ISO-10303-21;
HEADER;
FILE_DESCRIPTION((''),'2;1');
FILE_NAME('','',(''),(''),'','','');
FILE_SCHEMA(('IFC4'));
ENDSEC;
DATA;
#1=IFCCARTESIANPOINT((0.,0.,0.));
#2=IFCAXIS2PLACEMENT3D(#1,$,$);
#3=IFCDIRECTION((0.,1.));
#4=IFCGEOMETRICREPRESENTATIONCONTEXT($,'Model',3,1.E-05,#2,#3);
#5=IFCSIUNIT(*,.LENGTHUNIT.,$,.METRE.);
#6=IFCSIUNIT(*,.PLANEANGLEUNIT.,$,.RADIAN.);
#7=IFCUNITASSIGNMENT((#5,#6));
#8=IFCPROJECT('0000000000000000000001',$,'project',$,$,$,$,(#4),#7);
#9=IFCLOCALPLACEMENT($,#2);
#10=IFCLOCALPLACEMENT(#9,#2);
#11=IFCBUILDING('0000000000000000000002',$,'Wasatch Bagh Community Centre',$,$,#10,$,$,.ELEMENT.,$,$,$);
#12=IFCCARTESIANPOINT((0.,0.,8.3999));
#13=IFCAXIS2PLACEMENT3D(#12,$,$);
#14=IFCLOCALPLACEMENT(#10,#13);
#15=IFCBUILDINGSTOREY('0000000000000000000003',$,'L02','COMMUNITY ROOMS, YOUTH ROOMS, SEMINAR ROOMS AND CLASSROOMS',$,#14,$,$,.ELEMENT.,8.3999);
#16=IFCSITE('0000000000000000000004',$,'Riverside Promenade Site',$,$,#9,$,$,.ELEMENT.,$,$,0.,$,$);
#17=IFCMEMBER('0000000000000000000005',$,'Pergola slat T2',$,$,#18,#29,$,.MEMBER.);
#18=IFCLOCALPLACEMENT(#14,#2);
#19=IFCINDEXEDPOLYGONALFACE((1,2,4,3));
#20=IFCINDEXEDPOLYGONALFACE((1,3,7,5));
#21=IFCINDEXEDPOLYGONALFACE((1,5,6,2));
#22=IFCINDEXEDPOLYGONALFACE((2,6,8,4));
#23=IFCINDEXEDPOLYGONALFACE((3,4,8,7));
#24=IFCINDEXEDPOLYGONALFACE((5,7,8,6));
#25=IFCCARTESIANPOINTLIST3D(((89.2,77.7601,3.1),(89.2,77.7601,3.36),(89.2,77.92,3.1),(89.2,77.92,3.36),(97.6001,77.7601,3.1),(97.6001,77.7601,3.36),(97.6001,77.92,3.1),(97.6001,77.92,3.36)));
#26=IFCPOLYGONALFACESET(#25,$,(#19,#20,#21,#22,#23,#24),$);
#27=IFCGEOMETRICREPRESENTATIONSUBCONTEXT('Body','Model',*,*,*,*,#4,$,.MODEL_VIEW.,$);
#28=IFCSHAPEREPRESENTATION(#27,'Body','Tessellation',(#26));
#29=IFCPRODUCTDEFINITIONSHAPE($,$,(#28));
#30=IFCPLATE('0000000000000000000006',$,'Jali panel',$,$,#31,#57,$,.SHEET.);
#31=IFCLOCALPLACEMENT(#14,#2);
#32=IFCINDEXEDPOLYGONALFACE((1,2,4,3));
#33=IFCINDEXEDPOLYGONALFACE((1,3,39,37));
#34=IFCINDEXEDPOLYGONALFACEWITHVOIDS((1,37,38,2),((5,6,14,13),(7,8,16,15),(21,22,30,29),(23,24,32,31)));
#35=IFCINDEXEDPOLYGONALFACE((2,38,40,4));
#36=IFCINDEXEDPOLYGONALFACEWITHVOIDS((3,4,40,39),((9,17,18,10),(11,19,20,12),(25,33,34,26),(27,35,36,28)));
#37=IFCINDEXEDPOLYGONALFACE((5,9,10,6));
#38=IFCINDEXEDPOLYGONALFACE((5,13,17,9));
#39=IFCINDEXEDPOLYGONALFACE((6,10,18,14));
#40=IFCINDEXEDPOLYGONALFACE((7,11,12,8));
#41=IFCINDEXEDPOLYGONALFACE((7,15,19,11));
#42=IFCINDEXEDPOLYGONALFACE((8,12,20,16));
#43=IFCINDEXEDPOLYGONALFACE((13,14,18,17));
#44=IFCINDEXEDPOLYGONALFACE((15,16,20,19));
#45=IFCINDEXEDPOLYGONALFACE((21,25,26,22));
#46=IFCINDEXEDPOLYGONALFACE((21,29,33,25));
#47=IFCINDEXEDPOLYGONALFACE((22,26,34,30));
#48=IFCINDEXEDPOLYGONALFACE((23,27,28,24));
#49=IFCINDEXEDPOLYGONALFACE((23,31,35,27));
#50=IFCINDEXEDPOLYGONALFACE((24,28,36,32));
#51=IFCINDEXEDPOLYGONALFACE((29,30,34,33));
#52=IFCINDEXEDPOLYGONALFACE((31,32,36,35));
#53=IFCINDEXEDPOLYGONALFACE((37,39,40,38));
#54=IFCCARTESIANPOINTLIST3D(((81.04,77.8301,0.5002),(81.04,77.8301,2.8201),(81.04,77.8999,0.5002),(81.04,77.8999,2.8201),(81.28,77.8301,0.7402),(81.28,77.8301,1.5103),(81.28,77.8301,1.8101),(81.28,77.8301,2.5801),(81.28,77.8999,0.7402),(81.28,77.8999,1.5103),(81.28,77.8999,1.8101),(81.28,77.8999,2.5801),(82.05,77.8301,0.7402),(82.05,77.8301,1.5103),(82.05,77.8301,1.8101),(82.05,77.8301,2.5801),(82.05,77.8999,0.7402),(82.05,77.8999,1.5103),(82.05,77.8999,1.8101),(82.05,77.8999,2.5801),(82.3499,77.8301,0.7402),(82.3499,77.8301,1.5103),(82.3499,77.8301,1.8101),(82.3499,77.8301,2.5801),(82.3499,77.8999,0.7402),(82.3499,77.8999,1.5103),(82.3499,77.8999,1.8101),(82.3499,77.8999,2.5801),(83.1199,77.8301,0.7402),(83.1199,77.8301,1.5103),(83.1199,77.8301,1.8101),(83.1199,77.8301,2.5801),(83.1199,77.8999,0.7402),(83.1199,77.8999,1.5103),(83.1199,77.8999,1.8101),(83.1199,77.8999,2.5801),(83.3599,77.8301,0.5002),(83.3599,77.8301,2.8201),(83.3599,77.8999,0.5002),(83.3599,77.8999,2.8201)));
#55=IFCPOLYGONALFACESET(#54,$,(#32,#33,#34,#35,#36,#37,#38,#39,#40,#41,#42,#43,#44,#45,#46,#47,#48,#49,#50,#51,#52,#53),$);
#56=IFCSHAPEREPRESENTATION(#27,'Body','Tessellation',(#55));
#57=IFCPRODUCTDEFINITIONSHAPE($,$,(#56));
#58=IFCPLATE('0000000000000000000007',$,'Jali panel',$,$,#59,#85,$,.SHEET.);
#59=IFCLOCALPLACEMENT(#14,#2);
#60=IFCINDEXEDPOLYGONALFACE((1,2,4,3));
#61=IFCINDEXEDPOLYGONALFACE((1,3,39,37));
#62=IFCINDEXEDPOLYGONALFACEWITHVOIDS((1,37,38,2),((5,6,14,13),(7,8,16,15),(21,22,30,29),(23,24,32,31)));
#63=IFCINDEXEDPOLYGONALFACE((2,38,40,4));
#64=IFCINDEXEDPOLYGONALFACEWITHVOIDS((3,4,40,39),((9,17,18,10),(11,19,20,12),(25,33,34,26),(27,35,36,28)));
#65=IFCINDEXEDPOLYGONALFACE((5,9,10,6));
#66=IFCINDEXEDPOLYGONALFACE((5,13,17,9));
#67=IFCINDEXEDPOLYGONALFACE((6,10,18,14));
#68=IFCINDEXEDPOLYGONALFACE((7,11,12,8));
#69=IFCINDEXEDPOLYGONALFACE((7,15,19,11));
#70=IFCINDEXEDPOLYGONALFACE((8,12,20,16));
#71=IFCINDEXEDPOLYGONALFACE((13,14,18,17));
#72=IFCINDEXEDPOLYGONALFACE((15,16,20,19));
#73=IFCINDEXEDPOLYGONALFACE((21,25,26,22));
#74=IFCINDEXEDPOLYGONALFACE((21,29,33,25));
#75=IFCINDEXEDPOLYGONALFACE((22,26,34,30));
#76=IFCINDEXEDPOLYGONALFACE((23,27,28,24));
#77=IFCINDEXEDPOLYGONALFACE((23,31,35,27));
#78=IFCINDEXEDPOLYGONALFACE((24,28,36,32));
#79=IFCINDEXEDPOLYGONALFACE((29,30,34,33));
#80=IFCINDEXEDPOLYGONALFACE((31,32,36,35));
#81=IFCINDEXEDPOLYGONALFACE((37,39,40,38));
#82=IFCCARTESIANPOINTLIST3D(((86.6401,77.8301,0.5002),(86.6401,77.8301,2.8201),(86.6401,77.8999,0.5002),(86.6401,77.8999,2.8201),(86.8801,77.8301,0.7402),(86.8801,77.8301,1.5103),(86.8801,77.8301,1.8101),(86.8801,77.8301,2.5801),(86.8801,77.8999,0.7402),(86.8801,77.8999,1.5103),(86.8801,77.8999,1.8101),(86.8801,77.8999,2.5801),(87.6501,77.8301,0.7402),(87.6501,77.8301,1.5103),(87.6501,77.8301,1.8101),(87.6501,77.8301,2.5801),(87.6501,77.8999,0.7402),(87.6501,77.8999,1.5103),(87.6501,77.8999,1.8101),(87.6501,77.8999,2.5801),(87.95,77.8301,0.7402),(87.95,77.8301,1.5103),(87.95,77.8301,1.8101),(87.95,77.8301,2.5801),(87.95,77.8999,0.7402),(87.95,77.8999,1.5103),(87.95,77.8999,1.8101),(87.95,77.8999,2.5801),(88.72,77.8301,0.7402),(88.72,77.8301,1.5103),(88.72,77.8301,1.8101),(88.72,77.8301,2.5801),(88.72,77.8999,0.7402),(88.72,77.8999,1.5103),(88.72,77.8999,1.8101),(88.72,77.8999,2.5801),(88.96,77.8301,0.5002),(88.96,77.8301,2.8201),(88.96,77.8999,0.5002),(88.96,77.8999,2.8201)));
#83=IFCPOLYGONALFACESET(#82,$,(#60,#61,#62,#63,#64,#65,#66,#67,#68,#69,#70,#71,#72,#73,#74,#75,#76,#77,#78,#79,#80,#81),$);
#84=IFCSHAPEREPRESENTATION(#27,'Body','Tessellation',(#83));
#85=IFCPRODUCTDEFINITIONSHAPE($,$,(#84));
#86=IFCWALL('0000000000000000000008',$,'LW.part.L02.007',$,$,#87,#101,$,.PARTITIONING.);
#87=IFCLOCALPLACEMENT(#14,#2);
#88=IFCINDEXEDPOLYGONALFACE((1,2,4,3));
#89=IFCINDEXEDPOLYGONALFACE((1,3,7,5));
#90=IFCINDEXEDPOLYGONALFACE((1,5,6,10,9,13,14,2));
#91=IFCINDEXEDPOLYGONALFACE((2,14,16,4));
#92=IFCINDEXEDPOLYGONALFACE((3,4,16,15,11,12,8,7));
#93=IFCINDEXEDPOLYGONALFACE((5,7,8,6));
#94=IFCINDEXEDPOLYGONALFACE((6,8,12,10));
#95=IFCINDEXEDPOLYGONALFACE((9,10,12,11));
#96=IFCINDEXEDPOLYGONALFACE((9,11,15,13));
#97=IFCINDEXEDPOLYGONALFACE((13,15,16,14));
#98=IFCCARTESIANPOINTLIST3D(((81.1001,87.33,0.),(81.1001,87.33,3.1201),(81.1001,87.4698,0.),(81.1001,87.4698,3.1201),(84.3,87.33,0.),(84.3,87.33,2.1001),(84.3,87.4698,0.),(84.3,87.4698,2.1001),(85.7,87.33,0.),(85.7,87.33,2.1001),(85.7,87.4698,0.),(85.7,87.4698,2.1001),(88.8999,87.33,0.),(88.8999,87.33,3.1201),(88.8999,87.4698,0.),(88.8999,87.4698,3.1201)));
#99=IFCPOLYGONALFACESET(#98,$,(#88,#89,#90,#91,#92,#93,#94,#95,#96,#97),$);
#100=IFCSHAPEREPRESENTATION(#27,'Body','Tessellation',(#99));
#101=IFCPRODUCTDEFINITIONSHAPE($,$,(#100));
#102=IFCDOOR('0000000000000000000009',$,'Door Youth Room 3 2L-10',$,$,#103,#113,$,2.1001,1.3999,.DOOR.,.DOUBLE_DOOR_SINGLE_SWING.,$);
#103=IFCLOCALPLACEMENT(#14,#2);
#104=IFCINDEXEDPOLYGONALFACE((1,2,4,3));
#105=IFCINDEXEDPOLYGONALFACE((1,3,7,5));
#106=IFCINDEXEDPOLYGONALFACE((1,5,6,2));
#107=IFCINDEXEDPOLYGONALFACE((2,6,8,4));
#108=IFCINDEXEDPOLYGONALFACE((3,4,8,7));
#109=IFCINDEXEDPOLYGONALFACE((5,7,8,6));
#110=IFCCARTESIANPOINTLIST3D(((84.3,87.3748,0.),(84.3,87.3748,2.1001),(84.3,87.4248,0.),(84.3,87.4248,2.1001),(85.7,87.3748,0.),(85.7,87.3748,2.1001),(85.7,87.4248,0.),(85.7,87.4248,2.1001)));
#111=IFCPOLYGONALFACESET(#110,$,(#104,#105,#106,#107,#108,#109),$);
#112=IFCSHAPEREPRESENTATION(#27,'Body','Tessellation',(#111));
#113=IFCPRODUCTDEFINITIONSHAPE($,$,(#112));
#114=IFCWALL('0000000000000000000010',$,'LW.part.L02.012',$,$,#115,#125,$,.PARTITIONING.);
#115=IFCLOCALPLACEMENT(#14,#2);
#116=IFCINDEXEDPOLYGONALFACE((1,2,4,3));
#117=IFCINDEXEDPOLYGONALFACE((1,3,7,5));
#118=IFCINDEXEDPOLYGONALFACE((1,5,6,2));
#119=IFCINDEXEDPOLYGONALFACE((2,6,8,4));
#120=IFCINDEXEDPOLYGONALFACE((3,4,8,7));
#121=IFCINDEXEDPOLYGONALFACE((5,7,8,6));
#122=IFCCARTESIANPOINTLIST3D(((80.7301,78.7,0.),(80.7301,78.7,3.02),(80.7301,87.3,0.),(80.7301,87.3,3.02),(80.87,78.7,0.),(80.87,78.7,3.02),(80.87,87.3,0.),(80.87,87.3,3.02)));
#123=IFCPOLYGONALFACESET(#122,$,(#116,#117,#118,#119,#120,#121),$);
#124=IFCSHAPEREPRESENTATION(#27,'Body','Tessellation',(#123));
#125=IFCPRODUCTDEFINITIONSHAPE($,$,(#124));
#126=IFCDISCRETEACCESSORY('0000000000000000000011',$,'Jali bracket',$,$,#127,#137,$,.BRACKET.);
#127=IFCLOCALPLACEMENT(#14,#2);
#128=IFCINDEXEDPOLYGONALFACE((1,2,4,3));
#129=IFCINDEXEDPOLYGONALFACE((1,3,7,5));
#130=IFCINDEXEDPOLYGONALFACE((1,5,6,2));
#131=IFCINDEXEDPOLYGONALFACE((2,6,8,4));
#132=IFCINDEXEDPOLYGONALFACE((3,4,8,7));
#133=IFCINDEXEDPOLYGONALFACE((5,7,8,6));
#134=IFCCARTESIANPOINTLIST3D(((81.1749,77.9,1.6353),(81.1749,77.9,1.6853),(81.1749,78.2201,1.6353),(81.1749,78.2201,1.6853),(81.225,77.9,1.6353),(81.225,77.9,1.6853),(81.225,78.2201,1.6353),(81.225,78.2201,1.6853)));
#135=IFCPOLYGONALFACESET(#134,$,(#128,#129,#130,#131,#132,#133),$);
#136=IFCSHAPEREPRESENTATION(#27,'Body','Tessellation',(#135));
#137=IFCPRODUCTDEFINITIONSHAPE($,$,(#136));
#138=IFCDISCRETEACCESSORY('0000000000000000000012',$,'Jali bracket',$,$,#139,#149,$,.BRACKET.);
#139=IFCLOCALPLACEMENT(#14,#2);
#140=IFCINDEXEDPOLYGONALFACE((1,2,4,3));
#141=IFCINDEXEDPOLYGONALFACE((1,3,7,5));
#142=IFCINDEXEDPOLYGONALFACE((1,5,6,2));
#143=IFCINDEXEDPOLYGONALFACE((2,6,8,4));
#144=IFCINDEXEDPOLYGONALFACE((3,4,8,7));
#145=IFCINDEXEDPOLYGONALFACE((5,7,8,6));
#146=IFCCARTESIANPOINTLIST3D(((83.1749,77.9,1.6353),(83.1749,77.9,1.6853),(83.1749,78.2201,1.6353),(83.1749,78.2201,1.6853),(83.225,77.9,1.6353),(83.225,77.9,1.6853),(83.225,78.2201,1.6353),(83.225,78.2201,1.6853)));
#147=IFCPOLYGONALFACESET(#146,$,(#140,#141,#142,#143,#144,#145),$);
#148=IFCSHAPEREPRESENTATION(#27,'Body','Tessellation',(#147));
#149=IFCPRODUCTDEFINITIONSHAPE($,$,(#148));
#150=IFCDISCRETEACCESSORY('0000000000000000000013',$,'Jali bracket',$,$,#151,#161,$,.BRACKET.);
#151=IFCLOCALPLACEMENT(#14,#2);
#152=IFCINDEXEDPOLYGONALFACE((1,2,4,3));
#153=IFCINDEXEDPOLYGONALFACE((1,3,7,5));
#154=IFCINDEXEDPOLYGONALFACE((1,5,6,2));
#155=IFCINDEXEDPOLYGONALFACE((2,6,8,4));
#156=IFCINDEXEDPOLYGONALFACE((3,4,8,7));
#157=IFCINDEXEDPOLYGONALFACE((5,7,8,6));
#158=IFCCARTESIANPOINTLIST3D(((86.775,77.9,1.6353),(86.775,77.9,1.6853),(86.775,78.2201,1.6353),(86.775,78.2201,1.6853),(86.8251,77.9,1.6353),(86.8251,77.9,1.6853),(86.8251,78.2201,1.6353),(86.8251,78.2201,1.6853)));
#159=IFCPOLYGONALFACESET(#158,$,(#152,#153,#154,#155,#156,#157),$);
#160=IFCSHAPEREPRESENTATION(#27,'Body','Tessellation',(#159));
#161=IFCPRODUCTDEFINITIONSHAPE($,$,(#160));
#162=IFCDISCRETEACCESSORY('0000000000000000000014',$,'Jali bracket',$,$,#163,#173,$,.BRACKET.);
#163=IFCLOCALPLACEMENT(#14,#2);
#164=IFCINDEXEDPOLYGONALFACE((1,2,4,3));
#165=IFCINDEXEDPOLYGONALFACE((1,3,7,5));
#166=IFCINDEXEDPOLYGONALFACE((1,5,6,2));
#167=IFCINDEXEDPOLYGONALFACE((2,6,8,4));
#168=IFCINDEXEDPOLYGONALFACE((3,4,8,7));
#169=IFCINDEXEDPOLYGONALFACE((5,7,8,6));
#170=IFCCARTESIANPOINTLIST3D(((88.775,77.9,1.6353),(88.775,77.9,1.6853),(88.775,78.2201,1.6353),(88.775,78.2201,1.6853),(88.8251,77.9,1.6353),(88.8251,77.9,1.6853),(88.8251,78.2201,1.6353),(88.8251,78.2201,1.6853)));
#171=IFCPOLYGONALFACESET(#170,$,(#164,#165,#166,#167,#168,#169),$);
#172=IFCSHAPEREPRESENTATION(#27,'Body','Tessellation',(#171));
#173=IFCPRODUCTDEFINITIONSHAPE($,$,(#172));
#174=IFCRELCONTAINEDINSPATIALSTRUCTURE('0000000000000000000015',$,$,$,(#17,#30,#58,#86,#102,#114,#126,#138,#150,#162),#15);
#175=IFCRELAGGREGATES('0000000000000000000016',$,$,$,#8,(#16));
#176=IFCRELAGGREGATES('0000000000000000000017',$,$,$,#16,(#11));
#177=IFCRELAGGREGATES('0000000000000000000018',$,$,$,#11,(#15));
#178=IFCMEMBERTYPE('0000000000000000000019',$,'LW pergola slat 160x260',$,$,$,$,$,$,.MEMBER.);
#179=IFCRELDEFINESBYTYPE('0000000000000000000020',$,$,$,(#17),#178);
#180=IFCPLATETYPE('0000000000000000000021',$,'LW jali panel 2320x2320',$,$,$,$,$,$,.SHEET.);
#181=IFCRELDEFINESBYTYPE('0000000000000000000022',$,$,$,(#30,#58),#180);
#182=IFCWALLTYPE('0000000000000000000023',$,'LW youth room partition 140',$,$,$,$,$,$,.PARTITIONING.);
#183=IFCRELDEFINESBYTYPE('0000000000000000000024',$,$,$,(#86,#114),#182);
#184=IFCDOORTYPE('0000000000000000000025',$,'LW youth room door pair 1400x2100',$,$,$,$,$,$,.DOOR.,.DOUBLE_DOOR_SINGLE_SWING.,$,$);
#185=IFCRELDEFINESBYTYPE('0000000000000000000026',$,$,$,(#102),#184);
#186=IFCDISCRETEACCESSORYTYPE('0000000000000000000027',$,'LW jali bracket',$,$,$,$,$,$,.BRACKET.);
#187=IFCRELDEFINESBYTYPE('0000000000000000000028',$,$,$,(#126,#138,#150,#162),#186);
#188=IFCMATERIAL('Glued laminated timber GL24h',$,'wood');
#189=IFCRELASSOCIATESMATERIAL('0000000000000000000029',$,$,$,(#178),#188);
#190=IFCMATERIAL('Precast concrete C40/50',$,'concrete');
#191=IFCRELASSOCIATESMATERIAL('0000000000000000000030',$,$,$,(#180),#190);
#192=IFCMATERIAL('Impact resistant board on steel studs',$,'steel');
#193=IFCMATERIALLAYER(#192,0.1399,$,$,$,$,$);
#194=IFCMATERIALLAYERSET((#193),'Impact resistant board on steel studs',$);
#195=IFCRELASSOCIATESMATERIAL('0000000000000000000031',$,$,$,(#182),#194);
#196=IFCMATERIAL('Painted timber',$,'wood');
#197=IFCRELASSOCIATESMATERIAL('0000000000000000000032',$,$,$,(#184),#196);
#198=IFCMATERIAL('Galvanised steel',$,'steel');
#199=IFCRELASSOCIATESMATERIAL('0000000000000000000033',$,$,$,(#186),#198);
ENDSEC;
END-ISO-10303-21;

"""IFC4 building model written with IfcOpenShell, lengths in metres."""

from ifc_helpers import new_model, si_unit, direction, frame, frame_2d, origin, origin_2d, place, context, subcontext, project, spatial, polyline, rectangle, outline, extrude, material, layer, layer_set, material_profile, profile_set, type_object, element, fill, save


model = new_model("IFC4")

# Units and contexts
model_context = context("Model", 3, precision=1e-05, world=origin(), true_north=direction((0.0, 1.0)))
body_context = subcontext(model_context, "Body", "Model", "MODEL_VIEW")
ifc_project = project(units=[si_unit("LENGTHUNIT", "METRE"), si_unit("PLANEANGLEUNIT", "RADIAN")], contexts=[model_context])

# Site, building, storey
site_placement = place(None, origin())
site = spatial("IfcSite", under=ifc_project, at=site_placement, Name="Riverside Promenade Site", CompositionType="ELEMENT", RefElevation=0.0)
building_placement = place(site_placement, origin())
building = spatial("IfcBuilding", under=site, at=building_placement, Name="Wasatch Bagh Community Centre", CompositionType="ELEMENT")
storey_placement = place(building_placement, frame((0.0, 0.0, 8.3999)))
storey = spatial("IfcBuildingStorey", under=building, at=storey_placement, Name="L02", Description="COMMUNITY ROOMS, YOUTH ROOMS, SEMINAR ROOMS AND CLASSROOMS", CompositionType="ELEMENT", Elevation=8.3999)

# Member
ifc_material_1 = material(Name="Glued laminated timber GL24h", Category="wood")
ifc_material_profile_1 = material_profile(ifc_material_1, rectangle(XDim=0.1599, YDim=0.26, at=origin_2d()), Name="GL 160x260")
ifc_profile_set_1 = profile_set([ifc_material_profile_1], Name="Glued laminated timber GL24h")
member_type = type_object("IfcMemberType", Name="LW pergola slat 160x260", PredefinedType="MEMBER", material=ifc_profile_set_1)
for number, where, z_axis, x_axis, name in (
    (1, (89.2, 77.8401, 3.23), (1.0, 0.0, 0.0), (0.0, 1.0, 0.0), "Pergola slat T2"),
):
    element("IfcMember", number, at=place(storey_placement, frame(where, z_axis=z_axis, x_axis=x_axis)), inside=storey, type_object=member_type, Name=name, PredefinedType="MEMBER", context=body_context, shape_type="SweptSolid", body=[
        extrude(rectangle(XDim=0.1599, YDim=0.26, at=origin_2d()), origin(), (0.0, 0.0, 1.0), 8.4001),
    ])

# Plates
ifc_material_2 = material(Name="Precast concrete C40/50", Category="concrete")
ifc_material_profile_2 = material_profile(ifc_material_2, outline(polyline([(-1.1599, -1.1599), (1.1599, -1.1599), (1.1599, 1.1599), (-1.1599, 1.1599), (-1.1599, -1.1599)]), holes=[polyline([(-0.9199, -0.9199), (-0.1499, -0.9199), (-0.1499, -0.1499), (-0.9199, -0.1499), (-0.9199, -0.9199)]), polyline([(-0.9199, 0.1499), (-0.1499, 0.1499), (-0.1499, 0.9199), (-0.9199, 0.9199), (-0.9199, 0.1499)]), polyline([(0.1499, -0.9199), (0.9199, -0.9199), (0.9199, -0.1499), (0.1499, -0.1499), (0.1499, -0.9199)]), polyline([(0.1499, 0.1499), (0.9199, 0.1499), (0.9199, 0.9199), (0.1499, 0.9199), (0.1499, 0.1499)])]), Name="Jali lattice")
ifc_profile_set_2 = profile_set([ifc_material_profile_2], Name="Precast concrete C40/50")
plate_type = type_object("IfcPlateType", Name="LW jali panel 2320x2320", PredefinedType="SHEET", material=ifc_profile_set_2)
for number, where, z_axis, x_axis, name in (
    (2, (82.2, 77.8999, 1.6602), (0.0, -1.0, 0.0), (1.0, 0.0, 0.0), "Jali panel"),
    (3, (87.8, 77.8999, 1.6602), (0.0, -1.0, 0.0), (1.0, 0.0, 0.0), "Jali panel"),
):
    element("IfcPlate", number, at=place(storey_placement, frame(where, z_axis=z_axis, x_axis=x_axis)), inside=storey, type_object=plate_type, Name=name, PredefinedType="SHEET", context=body_context, shape_type="SweptSolid", body=[
        extrude(outline(polyline([(-1.1599, -1.1599), (1.1599, -1.1599), (1.1599, 1.1599), (-1.1599, 1.1599), (-1.1599, -1.1599)]), holes=[polyline([(-0.9199, -0.9199), (-0.1499, -0.9199), (-0.1499, -0.1499), (-0.9199, -0.1499), (-0.9199, -0.9199)]), polyline([(-0.9199, 0.1499), (-0.1499, 0.1499), (-0.1499, 0.9199), (-0.9199, 0.9199), (-0.9199, 0.1499)]), polyline([(0.1499, -0.9199), (0.9199, -0.9199), (0.9199, -0.1499), (0.1499, -0.1499), (0.1499, -0.9199)]), polyline([(0.1499, 0.1499), (0.9199, 0.1499), (0.9199, 0.9199), (0.1499, 0.9199), (0.1499, 0.1499)])]), origin(), (0.0, 0.0, 1.0), 0.0698),
    ])

# Wall, opening, door
ifc_material_3 = material(Name="Impact resistant board on steel studs", Category="steel")
ifc_layer_1 = layer(ifc_material_3, 0.1399)
ifc_layer_set_1 = layer_set([ifc_layer_1], Name="Impact resistant board on steel studs")
wall_type_1 = type_object("IfcWallType", Name="LW youth room partition 140", PredefinedType="PARTITIONING", material=ifc_layer_set_1)
wall_1_placement = place(storey_placement, frame((81.1001, 87.3999, 0.0), z_axis=(0.0, 0.0, 1.0), x_axis=(1.0, 0.0, 0.0)))
wall_1 = element("IfcWall", 4, at=wall_1_placement, inside=storey, type_object=wall_type_1, Name="LW.part.L02.007", PredefinedType="PARTITIONING", context=body_context, shape_type="SweptSolid", body=[
    extrude(rectangle(XDim=7.7998, YDim=0.1399, at=frame_2d((3.8999, 0.0))), origin(), (0.0, 0.0, 1.0), 3.1201),
])
opening_1_placement = place(wall_1_placement, frame((3.2, 0.0, 0.0)))
opening_1 = element("IfcOpeningElement", 5, at=opening_1_placement, cuts=wall_1, PredefinedType="OPENING", context=body_context, shape_type="SweptSolid", body=[
    extrude(rectangle(XDim=1.3999, YDim=2.1001, at=frame_2d((0.7, 1.05))), frame((0.0, 0.0798, 0.0), z_axis=(0.0, -1.0, 0.0), x_axis=(1.0, 0.0, 0.0)), (0.0, 0.0, 1.0), 0.1599),
])
ifc_material_4 = material(Name="Painted timber", Category="wood")
door_type_1 = type_object("IfcDoorType", Name="LW youth room door pair 1400x2100", OperationType="DOUBLE_DOOR_SINGLE_SWING", PredefinedType="DOOR", material=ifc_material_4)
door_1_placement = place(opening_1_placement, origin())
door_1 = element("IfcDoor", 6, at=door_1_placement, inside=storey, type_object=door_type_1, Name="Door Youth Room 3 2L-10", OperationType="DOUBLE_DOOR_SINGLE_SWING", OverallHeight=2.1001, OverallWidth=1.3999, PredefinedType="DOOR", context=body_context, shape_type="SweptSolid", body=[
    extrude(rectangle(XDim=1.3999, YDim=2.1001, at=frame_2d((0.7, 1.05))), frame((0.0, 0.0249, 0.0), z_axis=(0.0, -1.0, 0.0), x_axis=(1.0, 0.0, 0.0)), (0.0, 0.0, 1.0), 0.05),
])
fill(opening_1, door_1)

# Wall
wall_2_placement = place(storey_placement, frame((80.8, 78.7, 0.0), z_axis=(0.0, 0.0, 1.0), x_axis=(0.0, 1.0, 0.0)))
element("IfcWall", 7, at=wall_2_placement, inside=storey, type_object=wall_type_1, Name="LW.part.L02.012", PredefinedType="PARTITIONING", context=body_context, shape_type="SweptSolid", body=[
    extrude(rectangle(XDim=8.6001, YDim=0.1399, at=frame_2d((4.3, 0.0))), origin(), (0.0, 0.0, 1.0), 3.02),
])

# Discrete accessories
ifc_material_5 = material(Name="Galvanised steel", Category="steel")
discrete_accessory_type = type_object("IfcDiscreteAccessoryType", Name="LW jali bracket", PredefinedType="BRACKET", material=ifc_material_5)
for number, where, z_axis, x_axis, name in (
    (8, (81.2, 78.0601, 1.6353), (0.0, 0.0, 1.0), (1.0, 0.0, 0.0), "Jali bracket"),
    (9, (83.2, 78.0601, 1.6353), (0.0, 0.0, 1.0), (1.0, 0.0, 0.0), "Jali bracket"),
    (10, (86.8, 78.0601, 1.6353), (0.0, 0.0, 1.0), (1.0, 0.0, 0.0), "Jali bracket"),
    (11, (88.8, 78.0601, 1.6353), (0.0, 0.0, 1.0), (1.0, 0.0, 0.0), "Jali bracket"),
):
    element("IfcDiscreteAccessory", number, at=place(storey_placement, frame(where, z_axis=z_axis, x_axis=x_axis)), inside=storey, type_object=discrete_accessory_type, Name=name, PredefinedType="BRACKET", context=body_context, shape_type="SweptSolid", body=[
        extrude(rectangle(XDim=0.05, YDim=0.3201, at=origin_2d()), origin(), (0.0, 0.0, 1.0), 0.05),
    ])

save(model, "model.ifc")
